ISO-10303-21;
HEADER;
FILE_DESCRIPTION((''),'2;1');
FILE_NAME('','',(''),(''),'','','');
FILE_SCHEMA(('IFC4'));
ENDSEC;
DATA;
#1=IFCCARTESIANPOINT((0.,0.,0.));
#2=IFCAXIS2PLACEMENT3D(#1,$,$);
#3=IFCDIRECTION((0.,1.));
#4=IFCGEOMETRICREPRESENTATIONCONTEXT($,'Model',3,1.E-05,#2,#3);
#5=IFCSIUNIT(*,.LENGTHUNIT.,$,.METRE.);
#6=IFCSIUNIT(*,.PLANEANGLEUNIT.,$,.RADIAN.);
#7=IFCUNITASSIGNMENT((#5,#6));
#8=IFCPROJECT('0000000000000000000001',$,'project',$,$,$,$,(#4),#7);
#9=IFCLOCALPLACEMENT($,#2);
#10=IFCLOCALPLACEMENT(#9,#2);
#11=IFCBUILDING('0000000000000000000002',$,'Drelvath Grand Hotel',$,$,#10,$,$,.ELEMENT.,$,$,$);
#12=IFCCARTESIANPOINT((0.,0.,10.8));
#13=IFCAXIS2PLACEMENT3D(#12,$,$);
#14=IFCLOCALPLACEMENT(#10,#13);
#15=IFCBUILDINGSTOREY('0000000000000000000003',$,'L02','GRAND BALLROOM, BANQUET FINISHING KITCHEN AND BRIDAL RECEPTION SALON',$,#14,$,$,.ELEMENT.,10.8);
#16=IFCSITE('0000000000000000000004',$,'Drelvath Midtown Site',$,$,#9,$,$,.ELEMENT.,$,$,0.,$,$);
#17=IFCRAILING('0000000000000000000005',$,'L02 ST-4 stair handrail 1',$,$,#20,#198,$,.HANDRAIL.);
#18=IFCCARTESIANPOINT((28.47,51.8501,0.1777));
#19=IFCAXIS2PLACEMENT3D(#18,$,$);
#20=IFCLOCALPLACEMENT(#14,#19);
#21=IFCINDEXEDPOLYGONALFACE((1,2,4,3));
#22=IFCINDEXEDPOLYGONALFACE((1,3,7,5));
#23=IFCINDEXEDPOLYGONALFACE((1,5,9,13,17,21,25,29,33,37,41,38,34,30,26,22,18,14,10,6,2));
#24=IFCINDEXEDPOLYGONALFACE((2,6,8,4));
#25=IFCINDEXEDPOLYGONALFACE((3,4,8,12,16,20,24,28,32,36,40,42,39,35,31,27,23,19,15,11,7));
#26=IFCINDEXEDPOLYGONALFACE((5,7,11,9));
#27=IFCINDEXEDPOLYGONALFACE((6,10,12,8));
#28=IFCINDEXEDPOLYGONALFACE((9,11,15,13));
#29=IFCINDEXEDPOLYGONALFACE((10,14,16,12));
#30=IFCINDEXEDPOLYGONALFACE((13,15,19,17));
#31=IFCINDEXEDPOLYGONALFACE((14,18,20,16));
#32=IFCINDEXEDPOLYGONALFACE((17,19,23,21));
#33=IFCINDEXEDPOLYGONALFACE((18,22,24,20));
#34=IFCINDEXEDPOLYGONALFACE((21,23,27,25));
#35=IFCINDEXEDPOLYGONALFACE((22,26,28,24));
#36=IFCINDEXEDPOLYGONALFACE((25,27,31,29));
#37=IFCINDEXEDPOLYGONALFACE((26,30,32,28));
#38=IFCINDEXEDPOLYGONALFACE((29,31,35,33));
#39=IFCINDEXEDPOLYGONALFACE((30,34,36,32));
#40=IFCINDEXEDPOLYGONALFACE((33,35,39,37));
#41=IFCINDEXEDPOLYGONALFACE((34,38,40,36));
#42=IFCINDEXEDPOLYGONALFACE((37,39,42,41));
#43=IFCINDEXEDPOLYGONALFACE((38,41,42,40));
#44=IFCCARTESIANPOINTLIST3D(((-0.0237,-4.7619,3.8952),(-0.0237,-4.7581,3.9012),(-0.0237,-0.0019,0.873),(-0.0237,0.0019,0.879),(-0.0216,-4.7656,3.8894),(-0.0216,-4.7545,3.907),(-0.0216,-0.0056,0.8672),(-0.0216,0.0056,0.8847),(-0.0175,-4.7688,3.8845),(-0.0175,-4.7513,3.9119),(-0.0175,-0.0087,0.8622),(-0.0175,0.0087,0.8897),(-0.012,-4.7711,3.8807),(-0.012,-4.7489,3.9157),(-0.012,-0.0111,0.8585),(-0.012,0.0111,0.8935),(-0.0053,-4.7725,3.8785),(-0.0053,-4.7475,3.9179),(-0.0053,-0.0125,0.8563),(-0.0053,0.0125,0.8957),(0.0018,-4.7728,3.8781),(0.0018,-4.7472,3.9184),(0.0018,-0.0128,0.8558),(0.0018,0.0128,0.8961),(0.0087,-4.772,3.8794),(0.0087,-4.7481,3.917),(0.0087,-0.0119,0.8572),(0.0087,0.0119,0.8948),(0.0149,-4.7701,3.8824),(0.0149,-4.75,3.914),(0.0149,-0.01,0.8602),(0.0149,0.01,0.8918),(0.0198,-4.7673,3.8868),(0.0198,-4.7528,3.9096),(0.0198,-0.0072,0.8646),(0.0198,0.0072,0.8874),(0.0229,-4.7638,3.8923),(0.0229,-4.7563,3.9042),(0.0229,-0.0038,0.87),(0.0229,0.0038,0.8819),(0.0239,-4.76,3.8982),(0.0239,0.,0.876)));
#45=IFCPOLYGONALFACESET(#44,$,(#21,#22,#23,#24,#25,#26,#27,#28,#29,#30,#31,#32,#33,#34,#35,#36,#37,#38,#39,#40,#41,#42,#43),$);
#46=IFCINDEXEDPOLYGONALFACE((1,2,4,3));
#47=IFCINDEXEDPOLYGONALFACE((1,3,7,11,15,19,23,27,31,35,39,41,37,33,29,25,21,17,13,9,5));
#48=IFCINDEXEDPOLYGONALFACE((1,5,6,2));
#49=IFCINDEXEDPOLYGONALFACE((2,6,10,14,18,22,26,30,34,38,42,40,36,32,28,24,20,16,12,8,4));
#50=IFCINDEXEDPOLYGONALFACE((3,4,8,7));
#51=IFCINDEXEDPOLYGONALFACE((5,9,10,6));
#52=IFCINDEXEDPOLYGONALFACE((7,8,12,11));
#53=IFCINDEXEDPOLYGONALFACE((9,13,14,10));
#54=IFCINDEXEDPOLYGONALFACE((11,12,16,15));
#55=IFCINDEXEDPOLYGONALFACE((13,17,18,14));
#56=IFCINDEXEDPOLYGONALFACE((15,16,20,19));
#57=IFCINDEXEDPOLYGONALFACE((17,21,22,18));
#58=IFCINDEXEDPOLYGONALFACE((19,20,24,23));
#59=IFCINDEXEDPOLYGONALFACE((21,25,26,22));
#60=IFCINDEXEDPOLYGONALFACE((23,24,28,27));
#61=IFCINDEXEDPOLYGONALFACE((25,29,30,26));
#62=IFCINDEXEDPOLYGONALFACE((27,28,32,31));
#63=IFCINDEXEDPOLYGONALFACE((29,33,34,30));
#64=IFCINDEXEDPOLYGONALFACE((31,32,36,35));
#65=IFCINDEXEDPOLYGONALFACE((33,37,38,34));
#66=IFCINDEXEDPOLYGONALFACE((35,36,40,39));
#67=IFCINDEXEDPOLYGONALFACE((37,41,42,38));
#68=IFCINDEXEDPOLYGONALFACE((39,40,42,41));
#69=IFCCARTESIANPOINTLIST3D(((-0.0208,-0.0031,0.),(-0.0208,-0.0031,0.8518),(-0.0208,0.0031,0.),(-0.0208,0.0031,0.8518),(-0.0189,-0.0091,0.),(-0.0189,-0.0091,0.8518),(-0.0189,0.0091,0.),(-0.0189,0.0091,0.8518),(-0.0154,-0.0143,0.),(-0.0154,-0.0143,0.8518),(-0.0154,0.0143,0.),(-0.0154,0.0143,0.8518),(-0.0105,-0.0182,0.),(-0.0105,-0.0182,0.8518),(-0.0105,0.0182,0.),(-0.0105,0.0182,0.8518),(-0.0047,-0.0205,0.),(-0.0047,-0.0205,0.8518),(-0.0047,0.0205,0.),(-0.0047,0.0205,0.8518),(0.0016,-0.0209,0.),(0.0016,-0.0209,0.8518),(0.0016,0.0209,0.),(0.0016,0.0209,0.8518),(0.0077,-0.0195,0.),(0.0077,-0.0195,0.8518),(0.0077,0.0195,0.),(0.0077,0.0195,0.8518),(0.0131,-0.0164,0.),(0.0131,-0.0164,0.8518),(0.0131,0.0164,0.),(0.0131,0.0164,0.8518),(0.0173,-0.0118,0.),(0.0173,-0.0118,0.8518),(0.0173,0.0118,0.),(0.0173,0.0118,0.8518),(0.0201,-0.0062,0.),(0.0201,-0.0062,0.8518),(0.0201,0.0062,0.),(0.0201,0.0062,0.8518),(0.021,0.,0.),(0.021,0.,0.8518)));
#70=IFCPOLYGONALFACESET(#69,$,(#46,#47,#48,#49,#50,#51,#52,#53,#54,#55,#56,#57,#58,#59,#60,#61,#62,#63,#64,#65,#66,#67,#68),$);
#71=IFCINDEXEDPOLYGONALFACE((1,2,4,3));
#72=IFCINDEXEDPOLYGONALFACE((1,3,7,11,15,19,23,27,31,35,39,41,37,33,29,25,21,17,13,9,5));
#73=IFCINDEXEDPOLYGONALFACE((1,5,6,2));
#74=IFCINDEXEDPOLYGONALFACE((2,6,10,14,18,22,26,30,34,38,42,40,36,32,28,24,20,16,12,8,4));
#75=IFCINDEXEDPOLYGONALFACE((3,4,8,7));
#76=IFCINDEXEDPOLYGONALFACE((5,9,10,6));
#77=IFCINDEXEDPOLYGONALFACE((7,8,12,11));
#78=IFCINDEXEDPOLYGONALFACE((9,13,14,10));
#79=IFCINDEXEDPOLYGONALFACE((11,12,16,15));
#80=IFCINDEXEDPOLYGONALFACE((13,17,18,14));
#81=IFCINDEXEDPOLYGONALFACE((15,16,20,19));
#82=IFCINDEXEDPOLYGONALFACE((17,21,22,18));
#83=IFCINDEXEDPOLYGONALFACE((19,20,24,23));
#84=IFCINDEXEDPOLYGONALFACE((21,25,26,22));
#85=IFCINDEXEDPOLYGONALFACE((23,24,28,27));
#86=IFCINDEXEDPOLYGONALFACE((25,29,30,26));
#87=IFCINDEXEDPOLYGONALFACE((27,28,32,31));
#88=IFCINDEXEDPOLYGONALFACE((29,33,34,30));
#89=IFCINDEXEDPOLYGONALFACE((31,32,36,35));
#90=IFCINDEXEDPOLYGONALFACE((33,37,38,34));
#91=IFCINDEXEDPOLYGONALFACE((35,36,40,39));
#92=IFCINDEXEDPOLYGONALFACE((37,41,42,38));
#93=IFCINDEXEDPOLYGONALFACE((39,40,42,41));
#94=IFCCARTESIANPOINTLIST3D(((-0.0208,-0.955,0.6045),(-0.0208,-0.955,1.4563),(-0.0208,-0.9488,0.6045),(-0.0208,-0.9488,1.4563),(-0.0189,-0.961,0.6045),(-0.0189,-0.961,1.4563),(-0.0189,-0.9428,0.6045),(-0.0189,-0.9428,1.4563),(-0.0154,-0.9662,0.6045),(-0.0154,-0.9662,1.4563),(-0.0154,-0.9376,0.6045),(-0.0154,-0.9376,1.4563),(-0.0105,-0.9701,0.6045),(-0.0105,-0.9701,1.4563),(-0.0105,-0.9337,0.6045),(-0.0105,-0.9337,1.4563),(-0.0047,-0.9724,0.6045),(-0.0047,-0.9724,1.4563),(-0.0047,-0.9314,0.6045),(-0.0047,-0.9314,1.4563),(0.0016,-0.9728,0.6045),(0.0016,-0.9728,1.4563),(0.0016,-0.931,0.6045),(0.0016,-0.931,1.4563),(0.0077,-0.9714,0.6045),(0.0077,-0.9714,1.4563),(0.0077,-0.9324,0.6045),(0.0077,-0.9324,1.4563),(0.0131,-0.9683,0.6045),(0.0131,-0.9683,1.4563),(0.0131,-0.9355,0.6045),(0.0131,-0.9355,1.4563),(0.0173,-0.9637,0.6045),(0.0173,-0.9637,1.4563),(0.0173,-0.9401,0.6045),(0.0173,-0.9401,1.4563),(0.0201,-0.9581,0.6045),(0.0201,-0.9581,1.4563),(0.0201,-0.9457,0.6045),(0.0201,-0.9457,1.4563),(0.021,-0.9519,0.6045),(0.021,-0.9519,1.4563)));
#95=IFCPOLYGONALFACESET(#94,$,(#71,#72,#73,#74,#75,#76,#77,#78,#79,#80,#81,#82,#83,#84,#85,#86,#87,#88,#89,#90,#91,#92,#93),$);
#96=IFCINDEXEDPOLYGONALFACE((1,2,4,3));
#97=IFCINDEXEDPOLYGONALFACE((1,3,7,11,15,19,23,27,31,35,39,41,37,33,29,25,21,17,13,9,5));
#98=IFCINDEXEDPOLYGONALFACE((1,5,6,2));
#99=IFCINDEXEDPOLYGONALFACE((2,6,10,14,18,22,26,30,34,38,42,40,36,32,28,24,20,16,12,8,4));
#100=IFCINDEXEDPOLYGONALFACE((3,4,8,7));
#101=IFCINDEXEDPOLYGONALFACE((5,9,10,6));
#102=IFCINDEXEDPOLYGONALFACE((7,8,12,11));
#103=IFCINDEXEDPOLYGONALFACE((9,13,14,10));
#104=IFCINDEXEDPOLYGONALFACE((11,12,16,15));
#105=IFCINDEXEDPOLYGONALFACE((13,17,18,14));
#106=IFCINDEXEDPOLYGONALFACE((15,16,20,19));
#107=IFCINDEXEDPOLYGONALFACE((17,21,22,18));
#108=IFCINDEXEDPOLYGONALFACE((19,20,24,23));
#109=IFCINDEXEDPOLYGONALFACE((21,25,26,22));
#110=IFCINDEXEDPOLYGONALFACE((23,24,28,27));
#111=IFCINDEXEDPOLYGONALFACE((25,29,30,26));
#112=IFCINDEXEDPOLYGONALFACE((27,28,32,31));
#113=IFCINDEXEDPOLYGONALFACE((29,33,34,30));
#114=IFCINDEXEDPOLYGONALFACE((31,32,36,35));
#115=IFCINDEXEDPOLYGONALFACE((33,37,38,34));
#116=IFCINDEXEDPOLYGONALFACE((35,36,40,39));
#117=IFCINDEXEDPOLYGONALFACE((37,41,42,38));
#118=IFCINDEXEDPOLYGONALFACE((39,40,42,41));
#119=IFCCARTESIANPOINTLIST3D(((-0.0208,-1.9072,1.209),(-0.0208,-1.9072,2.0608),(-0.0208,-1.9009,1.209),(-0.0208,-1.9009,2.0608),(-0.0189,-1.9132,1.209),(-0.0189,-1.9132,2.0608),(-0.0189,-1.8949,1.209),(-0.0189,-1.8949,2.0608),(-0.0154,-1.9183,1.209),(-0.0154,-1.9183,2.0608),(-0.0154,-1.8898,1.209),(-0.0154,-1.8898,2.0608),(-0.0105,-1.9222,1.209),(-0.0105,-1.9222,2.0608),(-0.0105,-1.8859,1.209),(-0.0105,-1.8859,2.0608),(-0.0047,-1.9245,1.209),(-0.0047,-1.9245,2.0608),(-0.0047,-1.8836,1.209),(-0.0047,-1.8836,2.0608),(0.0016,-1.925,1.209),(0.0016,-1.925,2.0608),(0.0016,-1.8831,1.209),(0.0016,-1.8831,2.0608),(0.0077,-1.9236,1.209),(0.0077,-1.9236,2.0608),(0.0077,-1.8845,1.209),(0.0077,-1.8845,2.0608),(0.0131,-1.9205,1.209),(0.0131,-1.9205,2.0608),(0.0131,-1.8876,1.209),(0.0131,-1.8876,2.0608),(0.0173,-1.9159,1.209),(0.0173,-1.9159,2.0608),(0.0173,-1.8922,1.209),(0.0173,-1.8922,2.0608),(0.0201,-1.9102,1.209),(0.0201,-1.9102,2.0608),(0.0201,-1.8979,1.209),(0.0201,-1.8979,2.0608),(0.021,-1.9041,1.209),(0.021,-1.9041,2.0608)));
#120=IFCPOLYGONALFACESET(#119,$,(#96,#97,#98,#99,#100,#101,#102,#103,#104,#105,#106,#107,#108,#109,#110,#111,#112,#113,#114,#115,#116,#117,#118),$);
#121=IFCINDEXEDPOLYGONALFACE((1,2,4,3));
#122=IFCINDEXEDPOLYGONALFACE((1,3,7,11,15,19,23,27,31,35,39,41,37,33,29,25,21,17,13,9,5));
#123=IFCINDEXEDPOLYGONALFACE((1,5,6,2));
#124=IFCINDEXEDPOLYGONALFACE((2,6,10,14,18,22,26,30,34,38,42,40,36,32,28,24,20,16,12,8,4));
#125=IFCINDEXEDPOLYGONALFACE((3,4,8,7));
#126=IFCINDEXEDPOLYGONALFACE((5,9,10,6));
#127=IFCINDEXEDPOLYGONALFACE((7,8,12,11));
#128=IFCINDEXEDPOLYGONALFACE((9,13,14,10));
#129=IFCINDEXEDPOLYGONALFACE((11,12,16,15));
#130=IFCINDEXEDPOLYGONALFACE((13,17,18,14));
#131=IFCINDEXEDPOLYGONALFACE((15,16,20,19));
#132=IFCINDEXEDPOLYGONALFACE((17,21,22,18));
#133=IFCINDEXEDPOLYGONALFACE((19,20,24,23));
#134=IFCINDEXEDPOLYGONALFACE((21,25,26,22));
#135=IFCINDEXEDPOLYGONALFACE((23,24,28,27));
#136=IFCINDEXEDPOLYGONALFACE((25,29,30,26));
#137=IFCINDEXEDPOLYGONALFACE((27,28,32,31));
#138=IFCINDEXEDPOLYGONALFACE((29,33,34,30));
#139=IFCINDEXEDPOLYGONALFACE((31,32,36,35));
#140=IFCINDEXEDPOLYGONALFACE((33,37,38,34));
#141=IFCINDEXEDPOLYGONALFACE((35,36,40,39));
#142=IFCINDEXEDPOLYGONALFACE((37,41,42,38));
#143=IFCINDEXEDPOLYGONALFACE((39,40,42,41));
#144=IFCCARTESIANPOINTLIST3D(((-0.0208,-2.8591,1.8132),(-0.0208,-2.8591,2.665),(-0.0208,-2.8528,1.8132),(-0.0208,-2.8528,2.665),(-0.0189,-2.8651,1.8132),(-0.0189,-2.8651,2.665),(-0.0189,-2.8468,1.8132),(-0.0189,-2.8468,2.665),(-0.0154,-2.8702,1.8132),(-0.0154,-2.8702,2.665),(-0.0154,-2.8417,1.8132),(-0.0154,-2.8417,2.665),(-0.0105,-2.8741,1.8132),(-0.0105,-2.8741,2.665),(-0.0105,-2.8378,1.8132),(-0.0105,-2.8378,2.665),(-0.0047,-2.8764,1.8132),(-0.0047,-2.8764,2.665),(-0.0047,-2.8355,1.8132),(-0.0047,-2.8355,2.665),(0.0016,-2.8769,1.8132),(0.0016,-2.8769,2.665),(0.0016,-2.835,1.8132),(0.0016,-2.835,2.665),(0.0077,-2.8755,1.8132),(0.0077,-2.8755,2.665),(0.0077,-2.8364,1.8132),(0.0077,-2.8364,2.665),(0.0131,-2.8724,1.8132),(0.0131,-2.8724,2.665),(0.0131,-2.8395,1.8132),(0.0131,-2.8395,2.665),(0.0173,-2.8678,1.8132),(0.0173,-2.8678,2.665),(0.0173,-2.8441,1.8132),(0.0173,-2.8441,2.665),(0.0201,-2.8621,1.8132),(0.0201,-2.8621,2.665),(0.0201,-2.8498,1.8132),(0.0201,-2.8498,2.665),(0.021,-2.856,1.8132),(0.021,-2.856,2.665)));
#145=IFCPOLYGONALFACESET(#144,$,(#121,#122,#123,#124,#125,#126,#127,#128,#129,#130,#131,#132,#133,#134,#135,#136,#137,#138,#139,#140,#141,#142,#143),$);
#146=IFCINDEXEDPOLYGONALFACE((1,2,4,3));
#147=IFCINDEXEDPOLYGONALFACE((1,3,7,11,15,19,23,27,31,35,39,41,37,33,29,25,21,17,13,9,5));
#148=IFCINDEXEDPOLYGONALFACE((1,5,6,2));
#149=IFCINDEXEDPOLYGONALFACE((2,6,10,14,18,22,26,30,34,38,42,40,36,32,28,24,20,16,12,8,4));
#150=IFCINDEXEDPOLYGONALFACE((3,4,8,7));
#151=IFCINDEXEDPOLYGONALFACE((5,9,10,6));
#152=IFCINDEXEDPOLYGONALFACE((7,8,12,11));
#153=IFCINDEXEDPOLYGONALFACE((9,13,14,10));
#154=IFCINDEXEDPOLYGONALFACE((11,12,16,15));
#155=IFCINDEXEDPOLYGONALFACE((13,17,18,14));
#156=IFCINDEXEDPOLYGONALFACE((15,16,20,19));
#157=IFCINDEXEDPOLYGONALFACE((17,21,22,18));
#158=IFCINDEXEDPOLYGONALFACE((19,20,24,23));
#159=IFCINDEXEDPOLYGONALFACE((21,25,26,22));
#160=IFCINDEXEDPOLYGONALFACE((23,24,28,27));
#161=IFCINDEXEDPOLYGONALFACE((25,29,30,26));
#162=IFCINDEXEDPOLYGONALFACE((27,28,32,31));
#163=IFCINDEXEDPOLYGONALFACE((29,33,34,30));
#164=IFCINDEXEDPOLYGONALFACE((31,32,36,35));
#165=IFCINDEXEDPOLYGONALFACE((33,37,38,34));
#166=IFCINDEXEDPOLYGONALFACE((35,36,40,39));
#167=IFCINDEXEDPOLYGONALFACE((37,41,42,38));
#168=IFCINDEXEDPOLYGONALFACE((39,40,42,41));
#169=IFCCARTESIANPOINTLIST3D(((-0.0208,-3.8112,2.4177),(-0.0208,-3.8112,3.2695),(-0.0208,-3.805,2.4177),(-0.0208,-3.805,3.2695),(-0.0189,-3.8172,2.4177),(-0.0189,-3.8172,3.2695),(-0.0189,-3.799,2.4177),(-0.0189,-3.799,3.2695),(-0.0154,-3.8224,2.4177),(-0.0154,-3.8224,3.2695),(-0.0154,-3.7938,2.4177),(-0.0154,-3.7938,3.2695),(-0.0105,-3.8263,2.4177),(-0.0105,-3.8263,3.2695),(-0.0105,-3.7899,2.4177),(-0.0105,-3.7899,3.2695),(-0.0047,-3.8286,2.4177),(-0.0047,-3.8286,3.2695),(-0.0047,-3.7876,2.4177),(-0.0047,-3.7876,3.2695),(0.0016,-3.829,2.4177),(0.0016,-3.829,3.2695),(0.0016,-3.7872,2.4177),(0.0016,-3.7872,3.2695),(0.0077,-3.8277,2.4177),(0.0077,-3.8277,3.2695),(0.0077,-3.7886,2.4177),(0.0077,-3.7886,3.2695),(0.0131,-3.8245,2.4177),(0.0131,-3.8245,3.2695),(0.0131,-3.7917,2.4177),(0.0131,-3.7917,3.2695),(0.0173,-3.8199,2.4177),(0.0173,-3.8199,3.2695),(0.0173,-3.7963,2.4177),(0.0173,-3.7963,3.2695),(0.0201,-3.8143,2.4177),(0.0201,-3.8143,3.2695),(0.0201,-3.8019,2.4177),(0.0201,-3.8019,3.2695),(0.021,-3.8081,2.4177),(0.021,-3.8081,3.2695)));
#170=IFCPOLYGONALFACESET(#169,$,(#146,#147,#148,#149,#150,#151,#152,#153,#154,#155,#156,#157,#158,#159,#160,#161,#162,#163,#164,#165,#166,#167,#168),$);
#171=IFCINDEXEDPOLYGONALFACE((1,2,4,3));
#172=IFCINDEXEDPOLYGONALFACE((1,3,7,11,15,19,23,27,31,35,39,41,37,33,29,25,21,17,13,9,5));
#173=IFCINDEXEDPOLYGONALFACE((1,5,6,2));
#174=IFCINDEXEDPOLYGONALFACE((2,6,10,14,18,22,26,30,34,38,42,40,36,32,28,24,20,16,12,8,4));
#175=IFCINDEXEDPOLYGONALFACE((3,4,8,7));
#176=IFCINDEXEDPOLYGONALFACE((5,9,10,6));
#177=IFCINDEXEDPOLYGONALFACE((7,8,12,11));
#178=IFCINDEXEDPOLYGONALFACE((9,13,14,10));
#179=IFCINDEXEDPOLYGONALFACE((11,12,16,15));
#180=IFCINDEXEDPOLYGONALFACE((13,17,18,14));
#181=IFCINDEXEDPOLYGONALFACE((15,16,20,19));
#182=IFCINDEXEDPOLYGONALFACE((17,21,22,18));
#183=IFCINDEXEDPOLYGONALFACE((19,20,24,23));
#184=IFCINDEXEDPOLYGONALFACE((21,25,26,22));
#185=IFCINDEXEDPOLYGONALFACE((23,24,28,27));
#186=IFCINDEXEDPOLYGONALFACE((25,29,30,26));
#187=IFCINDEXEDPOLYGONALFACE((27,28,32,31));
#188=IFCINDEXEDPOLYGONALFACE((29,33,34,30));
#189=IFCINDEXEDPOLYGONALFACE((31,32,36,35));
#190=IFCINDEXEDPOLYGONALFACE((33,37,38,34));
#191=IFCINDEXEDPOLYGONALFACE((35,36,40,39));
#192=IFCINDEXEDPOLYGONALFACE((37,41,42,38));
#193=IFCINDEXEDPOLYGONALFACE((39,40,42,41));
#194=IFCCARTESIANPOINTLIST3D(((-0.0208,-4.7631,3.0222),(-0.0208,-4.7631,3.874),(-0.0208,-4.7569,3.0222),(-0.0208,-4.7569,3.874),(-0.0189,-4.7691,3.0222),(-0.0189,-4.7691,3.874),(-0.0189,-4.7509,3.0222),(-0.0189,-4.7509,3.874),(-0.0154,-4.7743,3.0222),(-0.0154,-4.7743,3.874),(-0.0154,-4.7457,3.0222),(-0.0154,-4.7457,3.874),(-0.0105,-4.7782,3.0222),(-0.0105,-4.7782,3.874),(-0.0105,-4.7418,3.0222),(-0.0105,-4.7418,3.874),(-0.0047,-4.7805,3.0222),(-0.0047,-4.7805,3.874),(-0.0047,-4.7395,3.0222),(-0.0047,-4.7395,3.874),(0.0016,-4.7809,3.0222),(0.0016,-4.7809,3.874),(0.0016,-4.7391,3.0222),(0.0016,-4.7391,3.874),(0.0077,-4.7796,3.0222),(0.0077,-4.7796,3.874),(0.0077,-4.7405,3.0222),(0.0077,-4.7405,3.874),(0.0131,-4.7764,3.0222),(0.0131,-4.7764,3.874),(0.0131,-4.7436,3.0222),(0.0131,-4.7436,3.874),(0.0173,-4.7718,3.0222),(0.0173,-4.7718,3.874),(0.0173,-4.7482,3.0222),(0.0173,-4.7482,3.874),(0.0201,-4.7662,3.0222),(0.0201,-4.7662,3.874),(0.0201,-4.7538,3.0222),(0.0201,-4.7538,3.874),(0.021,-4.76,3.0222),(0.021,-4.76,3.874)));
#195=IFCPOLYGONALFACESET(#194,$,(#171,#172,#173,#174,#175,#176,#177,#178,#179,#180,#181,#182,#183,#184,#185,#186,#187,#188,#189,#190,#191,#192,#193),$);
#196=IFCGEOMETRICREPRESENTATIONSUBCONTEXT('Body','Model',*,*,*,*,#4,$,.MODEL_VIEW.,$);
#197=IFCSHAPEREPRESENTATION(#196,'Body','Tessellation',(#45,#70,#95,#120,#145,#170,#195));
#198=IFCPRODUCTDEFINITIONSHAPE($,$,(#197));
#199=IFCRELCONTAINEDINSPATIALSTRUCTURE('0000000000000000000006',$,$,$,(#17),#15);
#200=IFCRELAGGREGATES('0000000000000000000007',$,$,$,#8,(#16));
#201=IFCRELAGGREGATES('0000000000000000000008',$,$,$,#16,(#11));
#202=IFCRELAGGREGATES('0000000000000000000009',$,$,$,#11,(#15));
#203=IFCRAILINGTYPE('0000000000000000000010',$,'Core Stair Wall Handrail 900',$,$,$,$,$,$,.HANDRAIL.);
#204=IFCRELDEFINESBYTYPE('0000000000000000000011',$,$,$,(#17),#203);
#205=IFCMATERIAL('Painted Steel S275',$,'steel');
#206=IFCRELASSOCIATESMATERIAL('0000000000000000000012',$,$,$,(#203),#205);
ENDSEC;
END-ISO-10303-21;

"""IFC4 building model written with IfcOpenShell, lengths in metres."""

from ifc_helpers import new_model, si_unit, direction, frame, origin, origin_2d, place, context, subcontext, project, spatial, circle, extrude, material, type_object, element, save


model = new_model("IFC4")

# Units and contexts
model_context = context("Model", 3, precision=1e-05, world=origin(), true_north=direction((0.0, 1.0)))
body_context = subcontext(model_context, "Body", "Model", "MODEL_VIEW")
ifc_project = project(units=[si_unit("LENGTHUNIT", "METRE"), si_unit("PLANEANGLEUNIT", "RADIAN")], contexts=[model_context])

# Site, building, storey
site_placement = place(None, origin())
site = spatial("IfcSite", under=ifc_project, at=site_placement, Name="Drelvath Midtown Site", CompositionType="ELEMENT", RefElevation=0.0)
building_placement = place(site_placement, origin())
building = spatial("IfcBuilding", under=site, at=building_placement, Name="Drelvath Grand Hotel", CompositionType="ELEMENT")
storey_placement = place(building_placement, frame((0.0, 0.0, 10.8)))
storey = spatial("IfcBuildingStorey", under=building, at=storey_placement, Name="L02", Description="GRAND BALLROOM, BANQUET FINISHING KITCHEN AND BRIDAL RECEPTION SALON", CompositionType="ELEMENT", Elevation=10.8)

# Railing
ifc_material_1 = material(Name="Painted Steel S275", Category="steel")
railing_type_1 = type_object("IfcRailingType", Name="Core Stair Wall Handrail 900", PredefinedType="HANDRAIL", material=ifc_material_1)
railing_1_placement = place(storey_placement, frame((28.47, 51.8501, 0.1777)))
element("IfcRailing", 1, at=railing_1_placement, inside=storey, type_object=railing_type_1, Name="L02 ST-4 stair handrail 1", PredefinedType="HANDRAIL", context=body_context, shape_type="SweptSolid", body=[
    extrude(circle(Radius=0.0239, at=origin_2d()), frame((0.0, 0.0, 0.876), z_axis=(0.0, -0.844214, 0.536007), x_axis=(1.0, 0.0, 0.0)), (0.0, 0.0, 1.0), 5.6384),
    extrude(circle(Radius=0.021, at=origin_2d()), origin(), (0.0, 0.0, 1.0), 0.8518),
    extrude(circle(Radius=0.021, at=origin_2d()), frame((0.0, -0.9519, 0.6045)), (0.0, 0.0, 1.0), 0.8518),
    extrude(circle(Radius=0.021, at=origin_2d()), frame((0.0, -1.9041, 1.209)), (0.0, 0.0, 1.0), 0.8518),
    extrude(circle(Radius=0.021, at=origin_2d()), frame((0.0, -2.856, 1.8132)), (0.0, 0.0, 1.0), 0.8518),
    extrude(circle(Radius=0.021, at=origin_2d()), frame((0.0, -3.8081, 2.4177)), (0.0, 0.0, 1.0), 0.8518),
    extrude(circle(Radius=0.021, at=origin_2d()), frame((0.0, -4.76, 3.0222)), (0.0, 0.0, 1.0), 0.8518),
])

save(model, "model.ifc")
